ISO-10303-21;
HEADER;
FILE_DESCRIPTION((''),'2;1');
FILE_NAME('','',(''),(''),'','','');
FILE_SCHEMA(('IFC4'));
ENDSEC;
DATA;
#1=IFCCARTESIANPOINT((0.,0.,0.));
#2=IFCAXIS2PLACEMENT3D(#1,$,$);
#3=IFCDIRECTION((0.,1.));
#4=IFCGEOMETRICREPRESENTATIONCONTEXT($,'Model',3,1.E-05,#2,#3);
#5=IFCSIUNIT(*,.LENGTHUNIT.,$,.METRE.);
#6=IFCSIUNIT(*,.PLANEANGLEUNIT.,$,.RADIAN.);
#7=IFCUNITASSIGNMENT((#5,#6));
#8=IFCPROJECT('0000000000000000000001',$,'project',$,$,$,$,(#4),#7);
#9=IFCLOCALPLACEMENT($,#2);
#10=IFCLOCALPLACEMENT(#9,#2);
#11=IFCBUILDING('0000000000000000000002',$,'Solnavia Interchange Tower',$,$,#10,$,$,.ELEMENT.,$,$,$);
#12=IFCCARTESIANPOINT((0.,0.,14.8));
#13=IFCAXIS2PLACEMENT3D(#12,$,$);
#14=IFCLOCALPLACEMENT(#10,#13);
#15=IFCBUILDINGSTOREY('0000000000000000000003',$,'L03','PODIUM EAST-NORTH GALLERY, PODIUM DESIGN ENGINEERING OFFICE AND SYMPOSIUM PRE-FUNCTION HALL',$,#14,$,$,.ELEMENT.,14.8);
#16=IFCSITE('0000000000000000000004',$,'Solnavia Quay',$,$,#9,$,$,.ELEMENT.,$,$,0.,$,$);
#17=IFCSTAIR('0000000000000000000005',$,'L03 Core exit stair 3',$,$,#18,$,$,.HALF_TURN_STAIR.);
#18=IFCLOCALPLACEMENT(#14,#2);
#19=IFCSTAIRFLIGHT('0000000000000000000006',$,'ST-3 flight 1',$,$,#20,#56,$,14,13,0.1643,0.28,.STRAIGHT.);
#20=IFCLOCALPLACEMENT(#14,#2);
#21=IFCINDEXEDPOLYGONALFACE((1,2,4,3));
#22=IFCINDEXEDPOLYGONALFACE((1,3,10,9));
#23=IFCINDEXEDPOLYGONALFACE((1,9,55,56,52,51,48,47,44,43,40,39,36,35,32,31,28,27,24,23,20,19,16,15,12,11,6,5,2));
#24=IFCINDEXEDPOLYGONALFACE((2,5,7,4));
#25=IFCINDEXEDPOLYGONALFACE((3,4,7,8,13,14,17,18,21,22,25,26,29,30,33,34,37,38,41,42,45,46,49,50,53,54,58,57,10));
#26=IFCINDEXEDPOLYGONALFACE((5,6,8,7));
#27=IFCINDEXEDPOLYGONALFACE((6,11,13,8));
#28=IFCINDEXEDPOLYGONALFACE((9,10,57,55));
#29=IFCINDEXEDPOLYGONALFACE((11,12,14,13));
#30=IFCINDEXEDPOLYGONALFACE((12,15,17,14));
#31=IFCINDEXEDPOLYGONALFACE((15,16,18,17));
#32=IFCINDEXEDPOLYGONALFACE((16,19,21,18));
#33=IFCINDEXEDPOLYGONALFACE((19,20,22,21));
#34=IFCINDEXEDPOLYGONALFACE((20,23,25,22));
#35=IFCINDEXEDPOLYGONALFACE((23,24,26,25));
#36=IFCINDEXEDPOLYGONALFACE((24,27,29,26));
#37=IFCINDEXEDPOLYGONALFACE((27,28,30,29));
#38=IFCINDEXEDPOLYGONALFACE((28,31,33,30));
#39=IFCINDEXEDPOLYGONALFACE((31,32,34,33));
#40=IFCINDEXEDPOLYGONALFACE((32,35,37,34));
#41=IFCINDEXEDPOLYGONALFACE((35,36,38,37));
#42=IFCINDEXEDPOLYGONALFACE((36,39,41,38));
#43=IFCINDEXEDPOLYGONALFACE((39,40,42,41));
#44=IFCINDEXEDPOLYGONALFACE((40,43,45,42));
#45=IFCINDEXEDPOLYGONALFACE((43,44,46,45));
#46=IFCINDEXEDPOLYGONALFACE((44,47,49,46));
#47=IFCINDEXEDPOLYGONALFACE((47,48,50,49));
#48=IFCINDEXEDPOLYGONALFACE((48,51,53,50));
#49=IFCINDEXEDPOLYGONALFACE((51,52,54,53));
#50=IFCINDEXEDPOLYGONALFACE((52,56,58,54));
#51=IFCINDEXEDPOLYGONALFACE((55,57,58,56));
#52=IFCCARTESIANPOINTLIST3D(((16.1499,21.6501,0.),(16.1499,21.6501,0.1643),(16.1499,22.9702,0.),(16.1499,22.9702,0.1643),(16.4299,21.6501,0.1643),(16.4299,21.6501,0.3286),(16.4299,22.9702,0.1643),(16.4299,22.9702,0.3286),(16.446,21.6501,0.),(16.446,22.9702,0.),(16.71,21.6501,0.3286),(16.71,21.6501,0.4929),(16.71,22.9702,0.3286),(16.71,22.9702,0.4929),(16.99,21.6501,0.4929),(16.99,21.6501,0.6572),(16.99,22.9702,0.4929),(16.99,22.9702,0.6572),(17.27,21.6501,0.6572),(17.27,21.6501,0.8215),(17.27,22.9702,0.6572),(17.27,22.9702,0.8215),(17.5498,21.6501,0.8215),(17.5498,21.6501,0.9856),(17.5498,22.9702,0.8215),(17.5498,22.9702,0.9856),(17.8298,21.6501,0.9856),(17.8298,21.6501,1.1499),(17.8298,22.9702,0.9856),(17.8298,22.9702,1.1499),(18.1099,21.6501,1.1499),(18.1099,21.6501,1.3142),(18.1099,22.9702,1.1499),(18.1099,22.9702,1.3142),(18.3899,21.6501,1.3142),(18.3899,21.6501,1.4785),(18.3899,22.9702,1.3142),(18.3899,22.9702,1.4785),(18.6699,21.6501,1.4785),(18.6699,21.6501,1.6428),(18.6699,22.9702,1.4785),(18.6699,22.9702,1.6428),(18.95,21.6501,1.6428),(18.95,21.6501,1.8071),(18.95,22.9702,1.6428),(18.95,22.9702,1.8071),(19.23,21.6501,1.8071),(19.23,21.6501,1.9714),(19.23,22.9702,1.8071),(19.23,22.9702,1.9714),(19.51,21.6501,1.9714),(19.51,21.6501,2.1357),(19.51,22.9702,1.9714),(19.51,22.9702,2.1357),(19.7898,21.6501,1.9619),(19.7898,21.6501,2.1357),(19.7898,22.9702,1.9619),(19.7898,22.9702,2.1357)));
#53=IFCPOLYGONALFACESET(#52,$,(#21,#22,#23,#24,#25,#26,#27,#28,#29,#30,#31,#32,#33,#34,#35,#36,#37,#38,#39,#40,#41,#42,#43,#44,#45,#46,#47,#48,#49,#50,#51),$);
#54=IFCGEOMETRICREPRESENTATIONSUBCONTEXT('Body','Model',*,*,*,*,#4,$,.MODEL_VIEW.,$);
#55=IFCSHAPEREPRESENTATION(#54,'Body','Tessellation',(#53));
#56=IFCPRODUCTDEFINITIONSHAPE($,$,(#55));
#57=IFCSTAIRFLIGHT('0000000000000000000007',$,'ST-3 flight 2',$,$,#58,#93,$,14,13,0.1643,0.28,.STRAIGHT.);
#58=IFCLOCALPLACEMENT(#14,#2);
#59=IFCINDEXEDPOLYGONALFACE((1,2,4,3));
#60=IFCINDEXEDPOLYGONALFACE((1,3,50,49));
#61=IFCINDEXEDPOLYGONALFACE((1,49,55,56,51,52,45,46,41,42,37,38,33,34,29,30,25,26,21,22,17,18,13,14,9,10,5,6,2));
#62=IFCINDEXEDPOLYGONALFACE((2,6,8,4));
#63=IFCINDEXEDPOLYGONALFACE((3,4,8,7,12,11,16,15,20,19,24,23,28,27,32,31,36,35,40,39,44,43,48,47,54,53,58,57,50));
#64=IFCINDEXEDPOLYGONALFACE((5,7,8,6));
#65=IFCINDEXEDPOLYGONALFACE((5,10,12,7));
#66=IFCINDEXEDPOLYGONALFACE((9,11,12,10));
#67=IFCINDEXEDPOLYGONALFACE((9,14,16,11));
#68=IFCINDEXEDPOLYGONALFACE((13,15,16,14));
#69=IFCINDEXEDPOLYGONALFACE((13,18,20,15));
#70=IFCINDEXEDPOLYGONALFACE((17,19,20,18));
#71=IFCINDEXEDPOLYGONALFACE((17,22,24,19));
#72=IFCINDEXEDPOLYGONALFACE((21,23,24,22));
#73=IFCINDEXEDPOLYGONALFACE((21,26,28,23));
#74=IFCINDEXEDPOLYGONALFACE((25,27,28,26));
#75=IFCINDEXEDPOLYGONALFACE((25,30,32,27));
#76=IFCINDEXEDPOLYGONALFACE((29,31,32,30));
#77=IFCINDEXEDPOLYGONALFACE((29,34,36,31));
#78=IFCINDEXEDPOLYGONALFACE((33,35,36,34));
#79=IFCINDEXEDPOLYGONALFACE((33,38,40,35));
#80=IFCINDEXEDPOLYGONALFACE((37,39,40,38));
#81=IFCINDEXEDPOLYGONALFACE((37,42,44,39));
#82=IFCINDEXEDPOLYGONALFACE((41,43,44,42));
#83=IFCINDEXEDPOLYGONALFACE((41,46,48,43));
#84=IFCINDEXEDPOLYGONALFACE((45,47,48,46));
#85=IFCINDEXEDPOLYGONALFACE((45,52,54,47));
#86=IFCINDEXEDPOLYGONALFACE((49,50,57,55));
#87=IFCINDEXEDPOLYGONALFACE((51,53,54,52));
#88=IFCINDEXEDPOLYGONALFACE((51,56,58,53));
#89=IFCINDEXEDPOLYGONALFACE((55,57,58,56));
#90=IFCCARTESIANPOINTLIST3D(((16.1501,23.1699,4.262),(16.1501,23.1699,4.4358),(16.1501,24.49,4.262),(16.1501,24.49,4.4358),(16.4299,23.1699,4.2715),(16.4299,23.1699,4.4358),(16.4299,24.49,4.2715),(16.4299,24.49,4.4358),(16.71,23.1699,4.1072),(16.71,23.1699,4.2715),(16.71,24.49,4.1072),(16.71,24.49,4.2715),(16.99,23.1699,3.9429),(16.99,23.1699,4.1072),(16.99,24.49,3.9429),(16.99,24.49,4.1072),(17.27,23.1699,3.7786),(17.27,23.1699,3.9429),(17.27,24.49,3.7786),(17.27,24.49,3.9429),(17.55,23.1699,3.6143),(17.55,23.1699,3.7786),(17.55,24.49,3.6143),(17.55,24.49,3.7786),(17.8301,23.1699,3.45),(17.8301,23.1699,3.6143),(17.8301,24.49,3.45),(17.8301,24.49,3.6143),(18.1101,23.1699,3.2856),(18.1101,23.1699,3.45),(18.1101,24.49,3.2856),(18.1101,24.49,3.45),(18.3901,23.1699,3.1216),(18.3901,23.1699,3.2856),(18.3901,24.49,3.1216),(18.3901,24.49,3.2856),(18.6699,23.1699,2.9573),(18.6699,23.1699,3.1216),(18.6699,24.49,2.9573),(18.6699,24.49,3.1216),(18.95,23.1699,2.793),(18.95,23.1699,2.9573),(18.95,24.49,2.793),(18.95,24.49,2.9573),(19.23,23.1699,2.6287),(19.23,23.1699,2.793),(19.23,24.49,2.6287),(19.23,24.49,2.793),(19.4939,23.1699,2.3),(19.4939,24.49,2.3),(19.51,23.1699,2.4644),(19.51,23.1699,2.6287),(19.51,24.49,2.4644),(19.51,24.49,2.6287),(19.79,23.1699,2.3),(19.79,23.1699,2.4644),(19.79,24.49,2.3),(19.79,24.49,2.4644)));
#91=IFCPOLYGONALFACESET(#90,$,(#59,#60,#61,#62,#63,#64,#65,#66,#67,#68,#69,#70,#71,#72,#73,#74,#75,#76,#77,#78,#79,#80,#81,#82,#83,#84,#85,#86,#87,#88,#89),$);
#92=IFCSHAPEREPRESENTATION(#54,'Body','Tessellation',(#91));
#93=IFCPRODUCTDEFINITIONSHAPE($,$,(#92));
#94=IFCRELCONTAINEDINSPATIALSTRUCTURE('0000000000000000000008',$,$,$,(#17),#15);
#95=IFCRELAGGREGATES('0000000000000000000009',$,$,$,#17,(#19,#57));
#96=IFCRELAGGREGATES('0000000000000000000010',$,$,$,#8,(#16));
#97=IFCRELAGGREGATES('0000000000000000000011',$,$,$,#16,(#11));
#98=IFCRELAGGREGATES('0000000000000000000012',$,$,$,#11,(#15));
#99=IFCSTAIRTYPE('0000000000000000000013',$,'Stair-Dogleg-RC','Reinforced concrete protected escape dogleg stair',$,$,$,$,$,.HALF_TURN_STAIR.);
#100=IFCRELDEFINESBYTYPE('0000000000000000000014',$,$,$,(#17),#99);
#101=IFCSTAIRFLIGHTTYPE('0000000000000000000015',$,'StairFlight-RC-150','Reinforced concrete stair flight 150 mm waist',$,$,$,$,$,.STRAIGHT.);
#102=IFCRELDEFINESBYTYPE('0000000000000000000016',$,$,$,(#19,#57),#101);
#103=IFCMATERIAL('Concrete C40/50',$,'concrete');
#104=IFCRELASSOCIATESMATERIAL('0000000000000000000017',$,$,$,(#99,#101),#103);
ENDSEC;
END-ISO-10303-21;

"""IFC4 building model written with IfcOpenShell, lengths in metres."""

from ifc_helpers import new_model, si_unit, direction, frame, origin, place, context, subcontext, project, spatial, polyline, outline, extrude, material, type_object, element, aggregate, save


model = new_model("IFC4")

# Units and contexts
model_context = context("Model", 3, precision=1e-05, world=origin(), true_north=direction((0.0, 1.0)))
body_context = subcontext(model_context, "Body", "Model", "MODEL_VIEW")
ifc_project = project(units=[si_unit("LENGTHUNIT", "METRE"), si_unit("PLANEANGLEUNIT", "RADIAN")], contexts=[model_context])

# Site, building, storey
site_placement = place(None, origin())
site = spatial("IfcSite", under=ifc_project, at=site_placement, Name="Solnavia Quay", CompositionType="ELEMENT", RefElevation=0.0)
building_placement = place(site_placement, origin())
building = spatial("IfcBuilding", under=site, at=building_placement, Name="Solnavia Interchange Tower", CompositionType="ELEMENT")
storey_placement = place(building_placement, frame((0.0, 0.0, 14.8)))
storey = spatial("IfcBuildingStorey", under=building, at=storey_placement, Name="L03", Description="PODIUM EAST-NORTH GALLERY, PODIUM DESIGN ENGINEERING OFFICE AND SYMPOSIUM PRE-FUNCTION HALL", CompositionType="ELEMENT", Elevation=14.8)

# Shared definitions
ifc_material_1 = material(Name="Concrete C40/50", Category="concrete")

# Stair, stair flights
stair_type = type_object("IfcStairType", Name="Stair-Dogleg-RC", Description="Reinforced concrete protected escape dogleg stair", PredefinedType="HALF_TURN_STAIR", material=ifc_material_1)
stair_placement = place(storey_placement, origin())
stair = element("IfcStair", 1, at=stair_placement, inside=storey, type_object=stair_type, Name="L03 Core exit stair 3", PredefinedType="HALF_TURN_STAIR")
stair_flight_type = type_object("IfcStairFlightType", Name="StairFlight-RC-150", Description="Reinforced concrete stair flight 150 mm waist", PredefinedType="STRAIGHT", material=ifc_material_1)
stair_flight_1_placement = place(storey_placement, frame((16.1499, 22.3101, 0.0), z_axis=(0.0, 0.0, 1.0), x_axis=(1.0, 0.0, 0.0)))
stair_flight_1 = element("IfcStairFlight", 2, at=stair_flight_1_placement, type_object=stair_flight_type, Name="ST-3 flight 1", NumberOfRisers=14, NumberOfTreads=13, PredefinedType="STRAIGHT", RiserHeight=0.1643, TreadLength=0.28, context=body_context, shape_type="SweptSolid", body=[
    extrude(outline(polyline([(0.0, 0.0), (0.0, 0.1643), (0.28, 0.1643), (0.28, 0.3286), (0.5601, 0.3286), (0.5601, 0.4929), (0.8401, 0.4929), (0.8401, 0.6572), (1.1201, 0.6572), (1.1201, 0.8215), (1.3999, 0.8215), (1.3999, 0.9856), (1.6799, 0.9856), (1.6799, 1.1499), (1.96, 1.1499), (1.96, 1.3142), (2.24, 1.3142), (2.24, 1.4785), (2.52, 1.4785), (2.52, 1.6428), (2.8, 1.6428), (2.8, 1.8071), (3.0801, 1.8071), (3.0801, 1.9714), (3.3601, 1.9714), (3.3601, 2.1357), (3.6399, 2.1357), (3.6399, 2.3), (3.6399, 1.9619), (0.2961, 0.0), (0.0, 0.0)])), frame((0.0, 0.6602, 0.0), z_axis=(0.0, -1.0, 0.0), x_axis=(1.0, 0.0, 0.0)), (0.0, 0.0, 1.0), 1.3201),
])
stair_flight_2_placement = place(storey_placement, frame((19.79, 23.8301, 2.3), z_axis=(0.0, 0.0, 1.0), x_axis=(-1.0, 0.0, 0.0)))
stair_flight_2 = element("IfcStairFlight", 3, at=stair_flight_2_placement, type_object=stair_flight_type, Name="ST-3 flight 2", NumberOfRisers=14, NumberOfTreads=13, PredefinedType="STRAIGHT", RiserHeight=0.1643, TreadLength=0.28, context=body_context, shape_type="SweptSolid", body=[
    extrude(outline(polyline([(0.0, 0.0), (0.0, 0.1643), (0.28, 0.1643), (0.28, 0.3286), (0.5601, 0.3286), (0.5601, 0.4929), (0.8401, 0.4929), (0.8401, 0.6572), (1.1201, 0.6572), (1.1201, 0.8215), (1.3999, 0.8215), (1.3999, 0.9856), (1.6799, 0.9856), (1.6799, 1.1499), (1.96, 1.1499), (1.96, 1.3142), (2.24, 1.3142), (2.24, 1.4785), (2.52, 1.4785), (2.52, 1.6428), (2.8, 1.6428), (2.8, 1.8071), (3.0801, 1.8071), (3.0801, 1.9714), (3.3601, 1.9714), (3.3601, 2.1357), (3.6399, 2.1357), (3.6399, 2.3), (3.6399, 1.9619), (0.2961, 0.0), (0.0, 0.0)])), frame((0.0, 0.6602, 0.0), z_axis=(0.0, -1.0, 0.0), x_axis=(1.0, 0.0, 0.0)), (0.0, 0.0, 1.0), 1.3201),
])
aggregate(stair, [stair_flight_1, stair_flight_2])

save(model, "model.ifc")
